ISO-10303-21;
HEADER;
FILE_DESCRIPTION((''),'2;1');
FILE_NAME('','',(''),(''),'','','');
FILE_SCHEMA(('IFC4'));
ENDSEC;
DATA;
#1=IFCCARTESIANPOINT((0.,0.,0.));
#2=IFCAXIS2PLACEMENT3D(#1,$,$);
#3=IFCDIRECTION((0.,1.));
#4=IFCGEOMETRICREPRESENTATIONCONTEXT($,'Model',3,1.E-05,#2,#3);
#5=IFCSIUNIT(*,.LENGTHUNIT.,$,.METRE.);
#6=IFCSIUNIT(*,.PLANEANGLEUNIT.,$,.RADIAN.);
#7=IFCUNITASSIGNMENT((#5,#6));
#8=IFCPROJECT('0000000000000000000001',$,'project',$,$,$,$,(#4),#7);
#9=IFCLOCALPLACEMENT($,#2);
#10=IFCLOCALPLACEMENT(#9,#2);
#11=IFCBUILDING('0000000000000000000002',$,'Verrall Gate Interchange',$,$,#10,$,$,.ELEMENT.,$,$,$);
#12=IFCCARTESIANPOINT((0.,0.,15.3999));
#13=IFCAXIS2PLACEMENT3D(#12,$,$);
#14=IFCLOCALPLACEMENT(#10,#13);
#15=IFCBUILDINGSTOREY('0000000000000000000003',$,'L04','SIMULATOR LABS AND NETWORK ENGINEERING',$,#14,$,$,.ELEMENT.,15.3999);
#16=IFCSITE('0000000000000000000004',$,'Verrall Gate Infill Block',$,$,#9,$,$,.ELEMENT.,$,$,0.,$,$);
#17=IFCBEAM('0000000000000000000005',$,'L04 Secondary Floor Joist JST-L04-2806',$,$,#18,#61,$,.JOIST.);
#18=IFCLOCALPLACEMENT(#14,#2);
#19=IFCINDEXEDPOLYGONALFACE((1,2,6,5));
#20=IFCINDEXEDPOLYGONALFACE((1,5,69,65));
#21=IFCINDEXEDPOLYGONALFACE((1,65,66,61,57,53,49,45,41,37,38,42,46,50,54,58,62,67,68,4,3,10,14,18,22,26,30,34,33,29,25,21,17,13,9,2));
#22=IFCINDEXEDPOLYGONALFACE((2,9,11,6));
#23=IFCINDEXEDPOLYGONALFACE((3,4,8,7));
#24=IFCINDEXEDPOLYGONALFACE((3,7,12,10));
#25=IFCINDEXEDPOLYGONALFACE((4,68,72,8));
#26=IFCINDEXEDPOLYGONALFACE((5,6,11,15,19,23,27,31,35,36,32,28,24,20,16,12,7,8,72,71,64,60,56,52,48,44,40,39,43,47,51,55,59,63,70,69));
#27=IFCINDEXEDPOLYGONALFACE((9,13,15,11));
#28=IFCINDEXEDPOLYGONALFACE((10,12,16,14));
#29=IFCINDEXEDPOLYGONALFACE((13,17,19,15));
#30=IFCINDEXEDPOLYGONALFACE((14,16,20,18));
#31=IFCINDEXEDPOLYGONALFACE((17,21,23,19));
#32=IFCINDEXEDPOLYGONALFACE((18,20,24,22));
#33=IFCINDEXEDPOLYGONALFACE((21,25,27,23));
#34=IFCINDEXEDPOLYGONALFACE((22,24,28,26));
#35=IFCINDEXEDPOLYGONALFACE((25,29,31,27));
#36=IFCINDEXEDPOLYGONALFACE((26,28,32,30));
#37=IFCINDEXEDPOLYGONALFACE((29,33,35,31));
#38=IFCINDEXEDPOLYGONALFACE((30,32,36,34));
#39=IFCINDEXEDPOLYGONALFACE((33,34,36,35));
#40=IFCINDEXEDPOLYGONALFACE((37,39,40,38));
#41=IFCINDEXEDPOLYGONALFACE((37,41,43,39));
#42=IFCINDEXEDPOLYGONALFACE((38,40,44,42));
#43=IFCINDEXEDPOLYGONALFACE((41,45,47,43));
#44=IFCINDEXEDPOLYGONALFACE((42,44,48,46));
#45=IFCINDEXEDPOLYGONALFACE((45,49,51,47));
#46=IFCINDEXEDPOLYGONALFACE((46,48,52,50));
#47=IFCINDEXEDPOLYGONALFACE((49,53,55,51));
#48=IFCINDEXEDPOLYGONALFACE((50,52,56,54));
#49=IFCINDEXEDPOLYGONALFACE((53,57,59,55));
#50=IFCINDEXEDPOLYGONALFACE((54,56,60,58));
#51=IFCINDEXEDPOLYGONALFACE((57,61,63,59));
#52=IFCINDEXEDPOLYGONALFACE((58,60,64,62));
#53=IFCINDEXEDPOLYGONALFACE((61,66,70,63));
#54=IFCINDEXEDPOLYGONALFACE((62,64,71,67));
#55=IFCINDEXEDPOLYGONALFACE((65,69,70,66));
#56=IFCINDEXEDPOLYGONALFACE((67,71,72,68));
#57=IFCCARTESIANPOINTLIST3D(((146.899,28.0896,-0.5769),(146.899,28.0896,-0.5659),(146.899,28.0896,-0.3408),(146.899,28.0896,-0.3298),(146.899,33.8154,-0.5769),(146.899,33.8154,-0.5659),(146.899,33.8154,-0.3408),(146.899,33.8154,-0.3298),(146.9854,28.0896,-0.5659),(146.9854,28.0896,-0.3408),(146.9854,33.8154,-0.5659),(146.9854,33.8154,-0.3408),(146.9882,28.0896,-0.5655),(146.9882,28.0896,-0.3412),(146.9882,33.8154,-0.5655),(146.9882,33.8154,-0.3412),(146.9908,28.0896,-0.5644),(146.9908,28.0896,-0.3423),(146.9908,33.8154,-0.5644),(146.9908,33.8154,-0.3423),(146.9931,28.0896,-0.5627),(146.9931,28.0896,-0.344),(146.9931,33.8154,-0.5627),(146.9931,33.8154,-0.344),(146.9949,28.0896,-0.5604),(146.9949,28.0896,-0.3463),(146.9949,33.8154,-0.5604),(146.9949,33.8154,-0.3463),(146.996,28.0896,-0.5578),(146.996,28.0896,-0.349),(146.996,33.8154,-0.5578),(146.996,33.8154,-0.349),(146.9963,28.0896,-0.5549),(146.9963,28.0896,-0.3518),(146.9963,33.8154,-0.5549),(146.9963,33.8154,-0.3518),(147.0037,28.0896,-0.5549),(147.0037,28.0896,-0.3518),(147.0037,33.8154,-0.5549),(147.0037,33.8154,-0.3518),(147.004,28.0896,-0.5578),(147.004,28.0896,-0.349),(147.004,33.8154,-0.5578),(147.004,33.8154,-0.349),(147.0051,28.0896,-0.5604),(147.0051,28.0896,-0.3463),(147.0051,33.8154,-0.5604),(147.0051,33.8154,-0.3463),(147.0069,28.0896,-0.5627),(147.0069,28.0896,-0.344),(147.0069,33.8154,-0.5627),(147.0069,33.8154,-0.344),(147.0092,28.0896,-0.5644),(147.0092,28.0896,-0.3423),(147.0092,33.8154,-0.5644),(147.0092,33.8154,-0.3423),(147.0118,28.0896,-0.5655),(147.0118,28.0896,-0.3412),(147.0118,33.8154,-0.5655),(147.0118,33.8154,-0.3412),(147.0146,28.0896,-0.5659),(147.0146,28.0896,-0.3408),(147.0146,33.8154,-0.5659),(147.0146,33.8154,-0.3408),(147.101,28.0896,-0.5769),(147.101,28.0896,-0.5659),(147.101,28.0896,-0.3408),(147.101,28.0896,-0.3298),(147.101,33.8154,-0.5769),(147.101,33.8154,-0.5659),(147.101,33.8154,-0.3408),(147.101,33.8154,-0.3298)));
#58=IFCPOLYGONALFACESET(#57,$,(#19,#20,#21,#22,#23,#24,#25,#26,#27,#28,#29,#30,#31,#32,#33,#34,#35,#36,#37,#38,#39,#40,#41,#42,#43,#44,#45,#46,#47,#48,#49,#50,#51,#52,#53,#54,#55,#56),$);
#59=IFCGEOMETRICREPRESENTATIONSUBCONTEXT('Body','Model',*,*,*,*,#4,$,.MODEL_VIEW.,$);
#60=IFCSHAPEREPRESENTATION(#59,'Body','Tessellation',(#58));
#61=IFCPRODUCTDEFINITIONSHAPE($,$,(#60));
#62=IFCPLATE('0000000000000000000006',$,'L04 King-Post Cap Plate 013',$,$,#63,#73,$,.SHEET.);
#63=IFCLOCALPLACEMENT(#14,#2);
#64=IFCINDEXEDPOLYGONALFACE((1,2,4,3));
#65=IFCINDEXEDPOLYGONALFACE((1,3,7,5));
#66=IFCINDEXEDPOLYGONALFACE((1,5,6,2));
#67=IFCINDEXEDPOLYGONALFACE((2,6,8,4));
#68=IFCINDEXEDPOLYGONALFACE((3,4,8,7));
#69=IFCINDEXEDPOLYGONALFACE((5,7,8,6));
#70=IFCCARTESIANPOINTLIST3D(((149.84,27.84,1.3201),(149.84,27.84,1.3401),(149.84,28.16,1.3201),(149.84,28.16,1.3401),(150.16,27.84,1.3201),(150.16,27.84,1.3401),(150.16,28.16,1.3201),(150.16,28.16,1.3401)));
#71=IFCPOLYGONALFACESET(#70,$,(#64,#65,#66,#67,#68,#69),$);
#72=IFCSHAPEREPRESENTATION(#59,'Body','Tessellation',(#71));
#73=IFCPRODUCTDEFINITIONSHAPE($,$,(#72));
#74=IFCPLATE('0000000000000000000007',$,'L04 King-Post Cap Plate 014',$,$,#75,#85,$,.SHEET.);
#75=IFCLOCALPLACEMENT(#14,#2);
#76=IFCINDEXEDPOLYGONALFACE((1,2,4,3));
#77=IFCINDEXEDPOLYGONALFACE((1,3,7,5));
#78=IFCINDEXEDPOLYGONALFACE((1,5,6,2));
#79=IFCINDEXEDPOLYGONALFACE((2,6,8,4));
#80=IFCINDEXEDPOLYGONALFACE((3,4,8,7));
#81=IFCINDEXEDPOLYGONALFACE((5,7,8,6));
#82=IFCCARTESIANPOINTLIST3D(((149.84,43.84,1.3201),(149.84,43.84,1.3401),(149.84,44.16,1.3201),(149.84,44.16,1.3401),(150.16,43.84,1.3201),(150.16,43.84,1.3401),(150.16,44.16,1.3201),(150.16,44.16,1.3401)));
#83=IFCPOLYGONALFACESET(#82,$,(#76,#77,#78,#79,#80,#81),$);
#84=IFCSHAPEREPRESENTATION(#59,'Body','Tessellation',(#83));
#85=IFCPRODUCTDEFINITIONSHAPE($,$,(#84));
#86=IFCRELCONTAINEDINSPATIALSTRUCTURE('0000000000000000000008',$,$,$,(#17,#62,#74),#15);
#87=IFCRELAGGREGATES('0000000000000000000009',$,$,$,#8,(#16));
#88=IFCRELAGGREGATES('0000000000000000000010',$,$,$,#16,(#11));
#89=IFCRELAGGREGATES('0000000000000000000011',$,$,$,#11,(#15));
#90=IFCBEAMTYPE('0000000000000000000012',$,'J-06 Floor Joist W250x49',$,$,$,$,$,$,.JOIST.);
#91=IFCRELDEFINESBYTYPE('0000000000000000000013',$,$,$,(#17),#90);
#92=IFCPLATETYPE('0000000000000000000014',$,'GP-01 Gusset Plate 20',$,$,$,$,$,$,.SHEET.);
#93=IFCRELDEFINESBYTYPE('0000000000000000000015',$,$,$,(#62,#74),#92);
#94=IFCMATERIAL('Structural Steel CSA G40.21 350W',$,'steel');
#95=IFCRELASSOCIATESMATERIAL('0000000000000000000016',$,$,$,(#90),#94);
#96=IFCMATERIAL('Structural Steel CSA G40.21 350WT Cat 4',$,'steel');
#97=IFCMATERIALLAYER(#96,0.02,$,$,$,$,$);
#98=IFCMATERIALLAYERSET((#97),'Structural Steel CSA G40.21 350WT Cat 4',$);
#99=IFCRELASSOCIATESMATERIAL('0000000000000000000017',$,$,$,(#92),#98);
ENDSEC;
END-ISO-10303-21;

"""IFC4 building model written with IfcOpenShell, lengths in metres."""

from ifc_helpers import new_model, si_unit, direction, frame, origin, origin_2d, place, context, subcontext, project, spatial, rectangle, i_section, extrude, material, layer, layer_set, material_profile, profile_set, type_object, element, save


model = new_model("IFC4")

# Units and contexts
model_context = context("Model", 3, precision=1e-05, world=origin(), true_north=direction((0.0, 1.0)))
body_context = subcontext(model_context, "Body", "Model", "MODEL_VIEW")
ifc_project = project(units=[si_unit("LENGTHUNIT", "METRE"), si_unit("PLANEANGLEUNIT", "RADIAN")], contexts=[model_context])

# Site, building, storey
site_placement = place(None, origin())
site = spatial("IfcSite", under=ifc_project, at=site_placement, Name="Verrall Gate Infill Block", CompositionType="ELEMENT", RefElevation=0.0)
building_placement = place(site_placement, origin())
building = spatial("IfcBuilding", under=site, at=building_placement, Name="Verrall Gate Interchange", CompositionType="ELEMENT")
storey_placement = place(building_placement, frame((0.0, 0.0, 15.3999)))
storey = spatial("IfcBuildingStorey", under=building, at=storey_placement, Name="L04", Description="SIMULATOR LABS AND NETWORK ENGINEERING", CompositionType="ELEMENT", Elevation=15.3999)

# Beam
ifc_material_1 = material(Name="Structural Steel CSA G40.21 350W", Category="steel")
ifc_material_profile_1 = material_profile(ifc_material_1, i_section(OverallWidth=0.2019, OverallDepth=0.2471, WebThickness=0.0073, FlangeThickness=0.011, FilletRadius=0.011, at=origin_2d()), Name="W250x49")
ifc_profile_set_1 = profile_set([ifc_material_profile_1], Name="Structural Steel CSA G40.21 350W")
beam_type_1 = type_object("IfcBeamType", Name="J-06 Floor Joist W250x49", PredefinedType="JOIST", material=ifc_profile_set_1)
beam_1_placement = place(storey_placement, frame((147.0, 28.0896, -0.4534), z_axis=(0.0, 1.0, 0.0), x_axis=(-1.0, 0.0, 0.0)))
element("IfcBeam", 1, at=beam_1_placement, inside=storey, type_object=beam_type_1, Name="L04 Secondary Floor Joist JST-L04-2806", PredefinedType="JOIST", context=body_context, shape_type="SweptSolid", body=[
    extrude(i_section(OverallWidth=0.2019, OverallDepth=0.2471, WebThickness=0.0073, FlangeThickness=0.011, FilletRadius=0.011, at=origin_2d()), origin(), (0.0, 0.0, 1.0), 5.7258),
])

# Plates
ifc_material_2 = material(Name="Structural Steel CSA G40.21 350WT Cat 4", Category="steel")
ifc_layer = layer(ifc_material_2, 0.02)
ifc_layer_set = layer_set([ifc_layer], Name="Structural Steel CSA G40.21 350WT Cat 4")
plate_type = type_object("IfcPlateType", Name="GP-01 Gusset Plate 20", PredefinedType="SHEET", material=ifc_layer_set)
for number, where, z_axis, x_axis, name in (
    (2, (150.0, 28.0, 1.3201), (0.0, 0.0, 1.0), (1.0, 0.0, 0.0), "L04 King-Post Cap Plate 013"),
    (3, (150.0, 44.0, 1.3201), (0.0, 0.0, 1.0), (1.0, 0.0, 0.0), "L04 King-Post Cap Plate 014"),
):
    element("IfcPlate", number, at=place(storey_placement, frame(where, z_axis=z_axis, x_axis=x_axis)), inside=storey, type_object=plate_type, Name=name, PredefinedType="SHEET", context=body_context, shape_type="SweptSolid", body=[
        extrude(rectangle(XDim=0.3201, YDim=0.3201, at=origin_2d()), origin(), (0.0, 0.0, 1.0), 0.02),
    ])

save(model, "model.ifc")
